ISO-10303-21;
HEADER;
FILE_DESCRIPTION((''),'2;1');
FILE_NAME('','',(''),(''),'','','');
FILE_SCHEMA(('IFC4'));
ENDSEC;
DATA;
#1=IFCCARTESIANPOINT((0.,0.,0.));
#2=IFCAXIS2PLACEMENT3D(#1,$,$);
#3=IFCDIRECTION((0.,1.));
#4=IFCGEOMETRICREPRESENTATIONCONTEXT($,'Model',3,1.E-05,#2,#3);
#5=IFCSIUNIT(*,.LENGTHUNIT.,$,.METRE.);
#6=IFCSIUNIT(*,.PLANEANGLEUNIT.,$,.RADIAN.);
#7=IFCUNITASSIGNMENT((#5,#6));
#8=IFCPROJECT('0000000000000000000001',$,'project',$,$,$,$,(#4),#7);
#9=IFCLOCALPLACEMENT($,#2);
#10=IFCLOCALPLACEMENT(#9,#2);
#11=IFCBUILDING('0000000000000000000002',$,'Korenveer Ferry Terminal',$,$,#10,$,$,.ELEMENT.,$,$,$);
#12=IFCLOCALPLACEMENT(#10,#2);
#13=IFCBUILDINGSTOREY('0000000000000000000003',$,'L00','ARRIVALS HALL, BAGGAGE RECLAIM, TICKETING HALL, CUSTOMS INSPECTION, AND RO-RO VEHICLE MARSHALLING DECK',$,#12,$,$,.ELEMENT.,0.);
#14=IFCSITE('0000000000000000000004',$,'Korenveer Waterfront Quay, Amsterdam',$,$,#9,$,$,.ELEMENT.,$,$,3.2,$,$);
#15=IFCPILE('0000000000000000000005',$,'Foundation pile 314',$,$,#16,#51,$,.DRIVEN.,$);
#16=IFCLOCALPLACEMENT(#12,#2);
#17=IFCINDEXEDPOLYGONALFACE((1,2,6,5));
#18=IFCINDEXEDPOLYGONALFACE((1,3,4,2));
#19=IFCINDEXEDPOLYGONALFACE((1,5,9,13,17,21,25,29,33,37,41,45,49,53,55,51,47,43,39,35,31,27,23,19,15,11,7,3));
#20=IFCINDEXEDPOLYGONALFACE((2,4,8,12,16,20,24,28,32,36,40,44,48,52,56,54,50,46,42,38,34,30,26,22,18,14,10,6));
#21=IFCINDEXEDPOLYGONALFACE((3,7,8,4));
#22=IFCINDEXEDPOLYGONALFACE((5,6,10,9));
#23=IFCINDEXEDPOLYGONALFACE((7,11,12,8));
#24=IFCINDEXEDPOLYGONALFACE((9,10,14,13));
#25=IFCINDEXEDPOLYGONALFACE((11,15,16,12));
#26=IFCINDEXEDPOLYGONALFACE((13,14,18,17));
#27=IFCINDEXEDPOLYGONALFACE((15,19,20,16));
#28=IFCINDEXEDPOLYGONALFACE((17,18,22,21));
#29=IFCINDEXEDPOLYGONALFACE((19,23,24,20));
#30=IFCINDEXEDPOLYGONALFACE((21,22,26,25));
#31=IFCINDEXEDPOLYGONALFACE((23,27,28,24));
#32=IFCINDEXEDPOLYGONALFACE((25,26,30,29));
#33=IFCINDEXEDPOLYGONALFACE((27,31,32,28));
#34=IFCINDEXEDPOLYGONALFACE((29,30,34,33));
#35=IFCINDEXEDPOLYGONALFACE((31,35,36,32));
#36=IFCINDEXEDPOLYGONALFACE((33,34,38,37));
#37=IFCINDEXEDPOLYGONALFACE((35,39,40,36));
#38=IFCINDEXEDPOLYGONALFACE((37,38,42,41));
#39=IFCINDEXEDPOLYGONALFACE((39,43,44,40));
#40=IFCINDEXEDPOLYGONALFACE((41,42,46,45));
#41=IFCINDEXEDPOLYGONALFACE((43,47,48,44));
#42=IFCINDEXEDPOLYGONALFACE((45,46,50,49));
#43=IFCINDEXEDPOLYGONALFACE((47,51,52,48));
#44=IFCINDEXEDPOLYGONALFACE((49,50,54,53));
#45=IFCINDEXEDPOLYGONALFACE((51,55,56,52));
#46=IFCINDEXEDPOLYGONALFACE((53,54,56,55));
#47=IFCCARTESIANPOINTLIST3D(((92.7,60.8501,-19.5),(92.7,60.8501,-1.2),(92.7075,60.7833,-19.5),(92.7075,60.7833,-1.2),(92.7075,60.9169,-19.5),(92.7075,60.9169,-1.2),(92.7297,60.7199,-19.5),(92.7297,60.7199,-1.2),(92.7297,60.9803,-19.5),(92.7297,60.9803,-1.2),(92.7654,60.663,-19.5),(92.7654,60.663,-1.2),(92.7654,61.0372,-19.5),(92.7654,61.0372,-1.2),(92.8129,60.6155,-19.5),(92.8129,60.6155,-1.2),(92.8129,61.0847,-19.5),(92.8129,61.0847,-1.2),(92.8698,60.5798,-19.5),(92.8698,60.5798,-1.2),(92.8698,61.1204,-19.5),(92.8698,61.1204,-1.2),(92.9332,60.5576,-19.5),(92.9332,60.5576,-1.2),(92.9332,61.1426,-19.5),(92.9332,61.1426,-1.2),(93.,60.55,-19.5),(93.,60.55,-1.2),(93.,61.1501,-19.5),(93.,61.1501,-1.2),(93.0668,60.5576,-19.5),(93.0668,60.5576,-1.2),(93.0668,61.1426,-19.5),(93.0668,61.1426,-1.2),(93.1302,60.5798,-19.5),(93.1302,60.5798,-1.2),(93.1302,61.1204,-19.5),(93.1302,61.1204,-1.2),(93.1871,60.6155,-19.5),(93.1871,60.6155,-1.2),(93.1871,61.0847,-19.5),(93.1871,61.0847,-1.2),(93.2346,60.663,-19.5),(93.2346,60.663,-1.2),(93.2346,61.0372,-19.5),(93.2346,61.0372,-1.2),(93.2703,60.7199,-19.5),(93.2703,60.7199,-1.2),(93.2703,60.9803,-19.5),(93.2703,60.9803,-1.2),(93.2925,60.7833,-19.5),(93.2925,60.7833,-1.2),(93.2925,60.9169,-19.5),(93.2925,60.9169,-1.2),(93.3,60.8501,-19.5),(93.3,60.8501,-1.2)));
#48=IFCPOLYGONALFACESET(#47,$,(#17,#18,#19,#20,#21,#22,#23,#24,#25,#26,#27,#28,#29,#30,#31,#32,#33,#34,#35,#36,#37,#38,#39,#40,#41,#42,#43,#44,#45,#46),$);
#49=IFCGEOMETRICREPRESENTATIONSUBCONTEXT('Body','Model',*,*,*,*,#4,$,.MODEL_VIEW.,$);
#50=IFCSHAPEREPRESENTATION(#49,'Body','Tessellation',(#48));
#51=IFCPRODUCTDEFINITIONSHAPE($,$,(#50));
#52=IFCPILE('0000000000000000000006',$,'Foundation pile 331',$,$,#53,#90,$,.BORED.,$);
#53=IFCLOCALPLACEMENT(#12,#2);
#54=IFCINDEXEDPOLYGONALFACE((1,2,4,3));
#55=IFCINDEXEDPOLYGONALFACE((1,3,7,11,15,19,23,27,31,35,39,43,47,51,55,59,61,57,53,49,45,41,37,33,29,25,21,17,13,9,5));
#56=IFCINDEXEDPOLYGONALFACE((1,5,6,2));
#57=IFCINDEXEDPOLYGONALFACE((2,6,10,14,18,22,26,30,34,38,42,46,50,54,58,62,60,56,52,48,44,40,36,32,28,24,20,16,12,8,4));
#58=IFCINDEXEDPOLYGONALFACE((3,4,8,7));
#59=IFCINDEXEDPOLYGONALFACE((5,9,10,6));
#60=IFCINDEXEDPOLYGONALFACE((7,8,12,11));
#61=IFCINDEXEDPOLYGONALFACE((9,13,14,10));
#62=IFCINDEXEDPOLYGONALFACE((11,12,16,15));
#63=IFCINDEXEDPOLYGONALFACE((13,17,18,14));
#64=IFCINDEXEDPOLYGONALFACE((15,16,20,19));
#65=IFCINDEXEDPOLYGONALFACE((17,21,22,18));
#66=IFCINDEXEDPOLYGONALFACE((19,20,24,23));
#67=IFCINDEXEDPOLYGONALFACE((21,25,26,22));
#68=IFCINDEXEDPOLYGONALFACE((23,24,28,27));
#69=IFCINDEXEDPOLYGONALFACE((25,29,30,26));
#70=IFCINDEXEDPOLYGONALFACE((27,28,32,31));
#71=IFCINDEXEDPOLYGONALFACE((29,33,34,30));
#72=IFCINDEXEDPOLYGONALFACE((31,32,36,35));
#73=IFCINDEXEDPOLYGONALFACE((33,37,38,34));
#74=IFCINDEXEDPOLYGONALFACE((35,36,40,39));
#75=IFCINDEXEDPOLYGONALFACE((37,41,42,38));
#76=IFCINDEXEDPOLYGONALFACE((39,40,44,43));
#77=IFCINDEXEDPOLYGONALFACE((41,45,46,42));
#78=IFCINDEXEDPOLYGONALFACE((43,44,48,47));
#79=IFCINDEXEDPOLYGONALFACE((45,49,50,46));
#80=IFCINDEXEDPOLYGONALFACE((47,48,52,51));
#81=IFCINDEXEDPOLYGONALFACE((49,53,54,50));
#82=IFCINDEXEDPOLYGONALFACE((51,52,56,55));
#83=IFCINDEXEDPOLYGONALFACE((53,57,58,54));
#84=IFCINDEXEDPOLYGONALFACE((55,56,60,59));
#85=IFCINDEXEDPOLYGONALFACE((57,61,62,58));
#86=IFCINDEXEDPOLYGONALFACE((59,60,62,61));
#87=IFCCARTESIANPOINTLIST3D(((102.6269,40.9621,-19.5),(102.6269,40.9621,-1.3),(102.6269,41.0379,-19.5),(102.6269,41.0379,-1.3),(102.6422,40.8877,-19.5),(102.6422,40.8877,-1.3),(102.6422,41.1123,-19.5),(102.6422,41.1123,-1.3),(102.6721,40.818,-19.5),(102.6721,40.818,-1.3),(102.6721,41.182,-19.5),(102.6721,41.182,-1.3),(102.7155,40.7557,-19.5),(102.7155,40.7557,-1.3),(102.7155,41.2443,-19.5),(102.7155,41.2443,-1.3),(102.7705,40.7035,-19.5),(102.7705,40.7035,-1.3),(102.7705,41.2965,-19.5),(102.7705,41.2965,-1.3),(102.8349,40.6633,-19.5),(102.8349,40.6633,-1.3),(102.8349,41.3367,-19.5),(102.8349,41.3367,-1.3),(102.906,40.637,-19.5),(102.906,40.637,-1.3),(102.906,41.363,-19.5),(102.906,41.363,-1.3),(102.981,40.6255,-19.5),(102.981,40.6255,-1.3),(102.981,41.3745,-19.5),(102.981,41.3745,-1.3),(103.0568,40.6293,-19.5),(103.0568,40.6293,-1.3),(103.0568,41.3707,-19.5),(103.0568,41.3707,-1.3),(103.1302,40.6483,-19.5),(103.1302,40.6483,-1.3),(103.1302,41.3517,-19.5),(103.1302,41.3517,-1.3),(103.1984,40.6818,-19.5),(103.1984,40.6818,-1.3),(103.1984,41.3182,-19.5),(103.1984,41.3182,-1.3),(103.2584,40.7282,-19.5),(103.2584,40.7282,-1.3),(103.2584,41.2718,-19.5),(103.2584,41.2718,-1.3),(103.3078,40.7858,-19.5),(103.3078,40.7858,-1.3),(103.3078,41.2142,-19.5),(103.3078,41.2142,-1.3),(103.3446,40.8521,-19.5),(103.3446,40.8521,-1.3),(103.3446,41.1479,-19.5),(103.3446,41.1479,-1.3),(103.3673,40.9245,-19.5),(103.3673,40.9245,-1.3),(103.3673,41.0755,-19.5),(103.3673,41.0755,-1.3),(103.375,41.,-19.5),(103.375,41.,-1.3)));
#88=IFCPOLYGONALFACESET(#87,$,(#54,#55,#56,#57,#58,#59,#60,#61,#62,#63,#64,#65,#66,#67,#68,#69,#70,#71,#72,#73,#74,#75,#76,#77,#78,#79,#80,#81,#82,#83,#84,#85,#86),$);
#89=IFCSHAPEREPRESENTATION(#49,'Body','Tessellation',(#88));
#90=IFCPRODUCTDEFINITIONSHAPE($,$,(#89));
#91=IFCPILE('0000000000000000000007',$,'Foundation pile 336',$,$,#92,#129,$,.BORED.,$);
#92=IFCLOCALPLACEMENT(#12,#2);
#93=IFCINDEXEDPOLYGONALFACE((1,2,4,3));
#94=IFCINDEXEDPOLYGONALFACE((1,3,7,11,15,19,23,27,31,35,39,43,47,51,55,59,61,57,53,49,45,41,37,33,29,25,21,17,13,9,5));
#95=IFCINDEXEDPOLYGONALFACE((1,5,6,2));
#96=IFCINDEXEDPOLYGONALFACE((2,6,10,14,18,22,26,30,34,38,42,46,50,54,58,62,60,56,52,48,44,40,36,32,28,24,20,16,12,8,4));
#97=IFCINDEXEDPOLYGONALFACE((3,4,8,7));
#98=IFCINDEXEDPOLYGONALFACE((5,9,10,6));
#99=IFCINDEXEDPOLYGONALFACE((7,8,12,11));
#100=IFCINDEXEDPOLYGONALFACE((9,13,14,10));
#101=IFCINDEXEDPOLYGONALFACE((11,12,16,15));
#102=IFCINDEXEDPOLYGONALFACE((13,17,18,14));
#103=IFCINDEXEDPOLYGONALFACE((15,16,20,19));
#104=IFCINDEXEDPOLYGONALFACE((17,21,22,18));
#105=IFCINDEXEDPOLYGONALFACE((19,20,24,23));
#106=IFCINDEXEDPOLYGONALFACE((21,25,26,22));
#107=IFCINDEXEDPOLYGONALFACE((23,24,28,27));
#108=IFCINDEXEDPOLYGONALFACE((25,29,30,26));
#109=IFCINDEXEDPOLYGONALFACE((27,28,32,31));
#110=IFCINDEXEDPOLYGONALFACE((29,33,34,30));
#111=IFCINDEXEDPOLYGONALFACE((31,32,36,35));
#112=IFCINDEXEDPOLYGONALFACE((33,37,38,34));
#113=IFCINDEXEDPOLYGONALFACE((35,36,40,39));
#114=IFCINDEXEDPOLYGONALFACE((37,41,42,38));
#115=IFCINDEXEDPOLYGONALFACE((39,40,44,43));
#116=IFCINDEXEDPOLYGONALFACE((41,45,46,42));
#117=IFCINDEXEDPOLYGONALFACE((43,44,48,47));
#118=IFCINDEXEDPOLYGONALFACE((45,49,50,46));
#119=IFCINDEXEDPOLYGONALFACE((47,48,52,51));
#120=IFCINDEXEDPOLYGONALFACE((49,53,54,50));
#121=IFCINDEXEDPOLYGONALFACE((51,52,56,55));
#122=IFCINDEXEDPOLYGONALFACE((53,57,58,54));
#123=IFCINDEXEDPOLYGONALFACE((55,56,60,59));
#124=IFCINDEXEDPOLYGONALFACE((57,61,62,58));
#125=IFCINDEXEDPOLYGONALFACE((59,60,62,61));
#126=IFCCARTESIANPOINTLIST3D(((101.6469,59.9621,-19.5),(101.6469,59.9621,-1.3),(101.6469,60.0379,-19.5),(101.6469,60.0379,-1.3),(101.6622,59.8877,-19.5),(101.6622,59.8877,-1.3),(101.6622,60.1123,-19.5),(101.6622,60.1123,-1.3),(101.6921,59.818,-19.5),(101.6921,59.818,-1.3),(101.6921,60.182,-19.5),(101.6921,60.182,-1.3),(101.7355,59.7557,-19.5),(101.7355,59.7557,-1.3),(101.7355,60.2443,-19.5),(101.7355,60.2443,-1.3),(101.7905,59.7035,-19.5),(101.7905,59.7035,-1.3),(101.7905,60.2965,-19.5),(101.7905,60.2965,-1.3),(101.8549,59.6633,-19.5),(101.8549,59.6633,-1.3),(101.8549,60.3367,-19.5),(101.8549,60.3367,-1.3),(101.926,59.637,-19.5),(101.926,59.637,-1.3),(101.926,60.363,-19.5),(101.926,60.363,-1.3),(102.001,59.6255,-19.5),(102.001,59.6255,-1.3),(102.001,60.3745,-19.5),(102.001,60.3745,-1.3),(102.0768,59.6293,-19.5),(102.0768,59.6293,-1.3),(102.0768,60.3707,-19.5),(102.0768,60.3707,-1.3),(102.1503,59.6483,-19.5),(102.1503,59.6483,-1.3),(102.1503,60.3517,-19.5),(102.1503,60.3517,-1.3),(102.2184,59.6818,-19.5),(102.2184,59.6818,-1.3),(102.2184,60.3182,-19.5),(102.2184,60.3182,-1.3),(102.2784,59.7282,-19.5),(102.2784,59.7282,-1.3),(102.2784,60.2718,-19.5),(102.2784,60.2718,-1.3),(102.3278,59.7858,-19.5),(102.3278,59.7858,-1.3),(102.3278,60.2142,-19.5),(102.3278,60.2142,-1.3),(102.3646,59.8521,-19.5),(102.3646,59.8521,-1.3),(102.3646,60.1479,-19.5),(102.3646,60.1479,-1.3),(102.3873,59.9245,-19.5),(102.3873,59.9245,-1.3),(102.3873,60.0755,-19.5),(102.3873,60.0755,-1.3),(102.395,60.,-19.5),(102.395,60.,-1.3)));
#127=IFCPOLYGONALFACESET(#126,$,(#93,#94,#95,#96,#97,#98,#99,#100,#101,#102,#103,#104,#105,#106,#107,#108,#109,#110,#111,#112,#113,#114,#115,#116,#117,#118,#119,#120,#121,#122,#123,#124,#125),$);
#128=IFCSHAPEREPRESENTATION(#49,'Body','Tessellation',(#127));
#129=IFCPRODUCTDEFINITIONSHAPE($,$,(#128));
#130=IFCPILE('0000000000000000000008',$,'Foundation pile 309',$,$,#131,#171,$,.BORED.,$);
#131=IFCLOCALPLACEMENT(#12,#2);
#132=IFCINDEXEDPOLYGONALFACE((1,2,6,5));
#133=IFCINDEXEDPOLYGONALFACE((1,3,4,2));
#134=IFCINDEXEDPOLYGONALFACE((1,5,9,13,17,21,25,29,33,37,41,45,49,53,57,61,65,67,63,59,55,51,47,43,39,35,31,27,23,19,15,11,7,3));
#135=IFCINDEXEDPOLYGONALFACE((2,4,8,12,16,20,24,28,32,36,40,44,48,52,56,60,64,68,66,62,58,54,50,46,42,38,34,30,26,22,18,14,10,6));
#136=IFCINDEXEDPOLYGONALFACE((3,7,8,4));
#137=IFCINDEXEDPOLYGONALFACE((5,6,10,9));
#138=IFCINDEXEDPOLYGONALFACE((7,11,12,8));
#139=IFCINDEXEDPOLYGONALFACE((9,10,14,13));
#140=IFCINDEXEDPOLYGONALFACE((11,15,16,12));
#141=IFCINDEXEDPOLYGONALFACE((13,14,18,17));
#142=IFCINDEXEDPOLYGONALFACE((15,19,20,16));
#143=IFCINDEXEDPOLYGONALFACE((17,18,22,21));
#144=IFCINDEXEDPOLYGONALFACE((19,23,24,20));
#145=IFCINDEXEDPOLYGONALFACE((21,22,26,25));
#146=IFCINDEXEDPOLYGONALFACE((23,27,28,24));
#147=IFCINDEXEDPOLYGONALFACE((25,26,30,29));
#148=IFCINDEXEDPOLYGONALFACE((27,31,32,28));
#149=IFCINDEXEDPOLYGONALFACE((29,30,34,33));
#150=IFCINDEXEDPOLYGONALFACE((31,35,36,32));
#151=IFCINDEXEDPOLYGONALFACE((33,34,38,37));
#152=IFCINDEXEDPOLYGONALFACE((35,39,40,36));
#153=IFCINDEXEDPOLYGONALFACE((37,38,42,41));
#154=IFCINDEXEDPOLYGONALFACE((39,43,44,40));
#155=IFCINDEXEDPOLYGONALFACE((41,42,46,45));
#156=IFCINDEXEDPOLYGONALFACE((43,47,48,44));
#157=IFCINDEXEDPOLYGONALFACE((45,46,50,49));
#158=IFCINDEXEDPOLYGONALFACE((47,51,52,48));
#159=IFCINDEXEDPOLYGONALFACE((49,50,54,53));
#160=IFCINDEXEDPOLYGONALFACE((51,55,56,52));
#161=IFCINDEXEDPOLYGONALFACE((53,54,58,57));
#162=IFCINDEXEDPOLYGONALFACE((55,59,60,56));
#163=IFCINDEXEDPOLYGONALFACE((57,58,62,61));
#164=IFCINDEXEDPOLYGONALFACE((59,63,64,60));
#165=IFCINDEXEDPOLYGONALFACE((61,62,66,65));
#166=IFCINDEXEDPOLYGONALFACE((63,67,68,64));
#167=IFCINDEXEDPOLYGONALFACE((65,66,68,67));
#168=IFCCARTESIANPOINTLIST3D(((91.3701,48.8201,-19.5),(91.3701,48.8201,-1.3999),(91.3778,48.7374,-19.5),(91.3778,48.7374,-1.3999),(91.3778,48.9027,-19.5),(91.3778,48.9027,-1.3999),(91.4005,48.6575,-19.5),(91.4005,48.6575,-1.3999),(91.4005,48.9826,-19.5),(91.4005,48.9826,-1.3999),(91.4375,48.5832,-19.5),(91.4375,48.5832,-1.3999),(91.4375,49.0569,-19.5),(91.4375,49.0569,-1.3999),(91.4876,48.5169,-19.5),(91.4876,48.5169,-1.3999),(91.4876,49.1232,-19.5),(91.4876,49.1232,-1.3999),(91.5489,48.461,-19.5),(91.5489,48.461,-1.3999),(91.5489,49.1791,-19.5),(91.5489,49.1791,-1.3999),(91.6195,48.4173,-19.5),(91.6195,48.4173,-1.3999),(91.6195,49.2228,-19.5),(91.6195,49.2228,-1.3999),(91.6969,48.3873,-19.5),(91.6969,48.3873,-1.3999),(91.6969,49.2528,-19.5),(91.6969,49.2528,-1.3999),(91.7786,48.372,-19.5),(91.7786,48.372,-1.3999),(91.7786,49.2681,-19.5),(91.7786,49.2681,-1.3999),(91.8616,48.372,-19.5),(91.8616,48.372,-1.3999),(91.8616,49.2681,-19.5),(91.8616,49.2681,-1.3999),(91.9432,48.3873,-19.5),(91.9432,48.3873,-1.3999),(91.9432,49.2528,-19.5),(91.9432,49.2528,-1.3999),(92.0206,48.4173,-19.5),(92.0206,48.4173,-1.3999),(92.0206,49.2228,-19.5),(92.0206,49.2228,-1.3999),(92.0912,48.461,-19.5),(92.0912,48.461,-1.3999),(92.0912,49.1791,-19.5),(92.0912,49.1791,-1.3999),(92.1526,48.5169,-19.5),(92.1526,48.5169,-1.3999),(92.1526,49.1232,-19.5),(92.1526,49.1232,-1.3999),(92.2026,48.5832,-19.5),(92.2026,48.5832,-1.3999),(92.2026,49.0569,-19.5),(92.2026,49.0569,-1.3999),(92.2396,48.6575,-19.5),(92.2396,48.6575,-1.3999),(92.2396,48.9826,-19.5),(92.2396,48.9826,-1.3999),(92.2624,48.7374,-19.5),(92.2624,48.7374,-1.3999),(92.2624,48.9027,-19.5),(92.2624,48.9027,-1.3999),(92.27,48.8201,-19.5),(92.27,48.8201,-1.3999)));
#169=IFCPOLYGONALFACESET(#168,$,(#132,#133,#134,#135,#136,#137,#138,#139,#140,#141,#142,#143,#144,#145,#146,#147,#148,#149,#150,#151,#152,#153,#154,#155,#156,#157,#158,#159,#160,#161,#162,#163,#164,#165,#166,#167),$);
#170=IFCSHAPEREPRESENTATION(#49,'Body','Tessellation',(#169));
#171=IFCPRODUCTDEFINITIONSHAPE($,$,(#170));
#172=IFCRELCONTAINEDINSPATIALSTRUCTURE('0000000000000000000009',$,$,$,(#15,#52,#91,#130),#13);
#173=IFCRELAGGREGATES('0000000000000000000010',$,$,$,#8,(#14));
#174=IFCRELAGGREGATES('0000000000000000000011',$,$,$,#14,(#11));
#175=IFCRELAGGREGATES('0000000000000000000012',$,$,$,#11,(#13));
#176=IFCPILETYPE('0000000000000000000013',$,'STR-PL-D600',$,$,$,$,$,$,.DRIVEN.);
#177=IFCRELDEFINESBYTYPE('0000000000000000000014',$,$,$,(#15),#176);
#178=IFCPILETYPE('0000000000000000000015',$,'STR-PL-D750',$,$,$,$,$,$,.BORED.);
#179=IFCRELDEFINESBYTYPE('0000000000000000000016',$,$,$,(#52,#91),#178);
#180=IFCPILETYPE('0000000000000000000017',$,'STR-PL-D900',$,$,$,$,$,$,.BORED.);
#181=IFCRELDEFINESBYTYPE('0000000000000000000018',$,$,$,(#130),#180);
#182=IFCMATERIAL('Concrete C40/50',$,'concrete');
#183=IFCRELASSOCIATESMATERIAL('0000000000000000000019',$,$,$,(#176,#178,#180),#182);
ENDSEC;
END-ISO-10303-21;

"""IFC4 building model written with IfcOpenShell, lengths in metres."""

from ifc_helpers import new_model, si_unit, direction, frame, origin, origin_2d, place, context, subcontext, project, spatial, circle, extrude, material, material_profile, profile_set, type_object, element, save


model = new_model("IFC4")

# Units and contexts
model_context = context("Model", 3, precision=1e-05, world=origin(), true_north=direction((0.0, 1.0)))
body_context = subcontext(model_context, "Body", "Model", "MODEL_VIEW")
ifc_project = project(units=[si_unit("LENGTHUNIT", "METRE"), si_unit("PLANEANGLEUNIT", "RADIAN")], contexts=[model_context])

# Site, building, storey
site_placement = place(None, origin())
site = spatial("IfcSite", under=ifc_project, at=site_placement, Name="Korenveer Waterfront Quay, Amsterdam", CompositionType="ELEMENT", RefElevation=3.2)
building_placement = place(site_placement, origin())
building = spatial("IfcBuilding", under=site, at=building_placement, Name="Korenveer Ferry Terminal", CompositionType="ELEMENT")
storey_placement = place(building_placement, origin())
storey = spatial("IfcBuildingStorey", under=building, at=storey_placement, Name="L00", Description="ARRIVALS HALL, BAGGAGE RECLAIM, TICKETING HALL, CUSTOMS INSPECTION, AND RO-RO VEHICLE MARSHALLING DECK", CompositionType="ELEMENT", Elevation=0.0)

# Shared definitions
ifc_material_1 = material(Name="Concrete C40/50", Category="concrete")

# Piles
ifc_material_profile_1 = material_profile(ifc_material_1, circle(Radius=0.3, at=origin_2d()), Name="PILE D600")
ifc_profile_set_1 = profile_set([ifc_material_profile_1], Name="Concrete C40/50")
pile_type_1 = type_object("IfcPileType", Name="STR-PL-D600", PredefinedType="DRIVEN", material=ifc_profile_set_1)
for number, where, z_axis, x_axis, name in (
    (1, (93.0, 60.8501, -1.2), (0.0, 0.0, -1.0), (1.0, 0.0, 0.0), "Foundation pile 314"),
):
    element("IfcPile", number, at=place(storey_placement, frame(where, z_axis=z_axis, x_axis=x_axis)), inside=storey, type_object=pile_type_1, Name=name, PredefinedType="DRIVEN", context=body_context, shape_type="SweptSolid", body=[
        extrude(circle(Radius=0.3, at=origin_2d()), origin(), (0.0, 0.0, 1.0), 18.3),
    ])
ifc_material_profile_2 = material_profile(ifc_material_1, circle(Radius=0.375, at=origin_2d()), Name="PILE D750")
ifc_profile_set_2 = profile_set([ifc_material_profile_2], Name="Concrete C40/50")
pile_type_2 = type_object("IfcPileType", Name="STR-PL-D750", PredefinedType="BORED", material=ifc_profile_set_2)
for number, where, z_axis, x_axis, name in (
    (2, (103.0, 41.0, -1.3), (0.0, 0.0, -1.0), (1.0, 0.0, 0.0), "Foundation pile 331"),
    (3, (102.02, 60.0, -1.3), (0.0, 0.0, -1.0), (1.0, 0.0, 0.0), "Foundation pile 336"),
):
    element("IfcPile", number, at=place(storey_placement, frame(where, z_axis=z_axis, x_axis=x_axis)), inside=storey, type_object=pile_type_2, Name=name, PredefinedType="BORED", context=body_context, shape_type="SweptSolid", body=[
        extrude(circle(Radius=0.375, at=origin_2d()), origin(), (0.0, 0.0, 1.0), 18.2),
    ])
ifc_material_profile_3 = material_profile(ifc_material_1, circle(Radius=0.45, at=origin_2d()), Name="PILE D900")
ifc_profile_set_3 = profile_set([ifc_material_profile_3], Name="Concrete C40/50")
pile_type_3 = type_object("IfcPileType", Name="STR-PL-D900", PredefinedType="BORED", material=ifc_profile_set_3)
for number, where, z_axis, x_axis, name in (
    (4, (91.8201, 48.8201, -1.3999), (0.0, 0.0, -1.0), (1.0, 0.0, 0.0), "Foundation pile 309"),
):
    element("IfcPile", number, at=place(storey_placement, frame(where, z_axis=z_axis, x_axis=x_axis)), inside=storey, type_object=pile_type_3, Name=name, PredefinedType="BORED", context=body_context, shape_type="SweptSolid", body=[
        extrude(circle(Radius=0.45, at=origin_2d()), origin(), (0.0, 0.0, 1.0), 18.1001),
    ])

save(model, "model.ifc")
